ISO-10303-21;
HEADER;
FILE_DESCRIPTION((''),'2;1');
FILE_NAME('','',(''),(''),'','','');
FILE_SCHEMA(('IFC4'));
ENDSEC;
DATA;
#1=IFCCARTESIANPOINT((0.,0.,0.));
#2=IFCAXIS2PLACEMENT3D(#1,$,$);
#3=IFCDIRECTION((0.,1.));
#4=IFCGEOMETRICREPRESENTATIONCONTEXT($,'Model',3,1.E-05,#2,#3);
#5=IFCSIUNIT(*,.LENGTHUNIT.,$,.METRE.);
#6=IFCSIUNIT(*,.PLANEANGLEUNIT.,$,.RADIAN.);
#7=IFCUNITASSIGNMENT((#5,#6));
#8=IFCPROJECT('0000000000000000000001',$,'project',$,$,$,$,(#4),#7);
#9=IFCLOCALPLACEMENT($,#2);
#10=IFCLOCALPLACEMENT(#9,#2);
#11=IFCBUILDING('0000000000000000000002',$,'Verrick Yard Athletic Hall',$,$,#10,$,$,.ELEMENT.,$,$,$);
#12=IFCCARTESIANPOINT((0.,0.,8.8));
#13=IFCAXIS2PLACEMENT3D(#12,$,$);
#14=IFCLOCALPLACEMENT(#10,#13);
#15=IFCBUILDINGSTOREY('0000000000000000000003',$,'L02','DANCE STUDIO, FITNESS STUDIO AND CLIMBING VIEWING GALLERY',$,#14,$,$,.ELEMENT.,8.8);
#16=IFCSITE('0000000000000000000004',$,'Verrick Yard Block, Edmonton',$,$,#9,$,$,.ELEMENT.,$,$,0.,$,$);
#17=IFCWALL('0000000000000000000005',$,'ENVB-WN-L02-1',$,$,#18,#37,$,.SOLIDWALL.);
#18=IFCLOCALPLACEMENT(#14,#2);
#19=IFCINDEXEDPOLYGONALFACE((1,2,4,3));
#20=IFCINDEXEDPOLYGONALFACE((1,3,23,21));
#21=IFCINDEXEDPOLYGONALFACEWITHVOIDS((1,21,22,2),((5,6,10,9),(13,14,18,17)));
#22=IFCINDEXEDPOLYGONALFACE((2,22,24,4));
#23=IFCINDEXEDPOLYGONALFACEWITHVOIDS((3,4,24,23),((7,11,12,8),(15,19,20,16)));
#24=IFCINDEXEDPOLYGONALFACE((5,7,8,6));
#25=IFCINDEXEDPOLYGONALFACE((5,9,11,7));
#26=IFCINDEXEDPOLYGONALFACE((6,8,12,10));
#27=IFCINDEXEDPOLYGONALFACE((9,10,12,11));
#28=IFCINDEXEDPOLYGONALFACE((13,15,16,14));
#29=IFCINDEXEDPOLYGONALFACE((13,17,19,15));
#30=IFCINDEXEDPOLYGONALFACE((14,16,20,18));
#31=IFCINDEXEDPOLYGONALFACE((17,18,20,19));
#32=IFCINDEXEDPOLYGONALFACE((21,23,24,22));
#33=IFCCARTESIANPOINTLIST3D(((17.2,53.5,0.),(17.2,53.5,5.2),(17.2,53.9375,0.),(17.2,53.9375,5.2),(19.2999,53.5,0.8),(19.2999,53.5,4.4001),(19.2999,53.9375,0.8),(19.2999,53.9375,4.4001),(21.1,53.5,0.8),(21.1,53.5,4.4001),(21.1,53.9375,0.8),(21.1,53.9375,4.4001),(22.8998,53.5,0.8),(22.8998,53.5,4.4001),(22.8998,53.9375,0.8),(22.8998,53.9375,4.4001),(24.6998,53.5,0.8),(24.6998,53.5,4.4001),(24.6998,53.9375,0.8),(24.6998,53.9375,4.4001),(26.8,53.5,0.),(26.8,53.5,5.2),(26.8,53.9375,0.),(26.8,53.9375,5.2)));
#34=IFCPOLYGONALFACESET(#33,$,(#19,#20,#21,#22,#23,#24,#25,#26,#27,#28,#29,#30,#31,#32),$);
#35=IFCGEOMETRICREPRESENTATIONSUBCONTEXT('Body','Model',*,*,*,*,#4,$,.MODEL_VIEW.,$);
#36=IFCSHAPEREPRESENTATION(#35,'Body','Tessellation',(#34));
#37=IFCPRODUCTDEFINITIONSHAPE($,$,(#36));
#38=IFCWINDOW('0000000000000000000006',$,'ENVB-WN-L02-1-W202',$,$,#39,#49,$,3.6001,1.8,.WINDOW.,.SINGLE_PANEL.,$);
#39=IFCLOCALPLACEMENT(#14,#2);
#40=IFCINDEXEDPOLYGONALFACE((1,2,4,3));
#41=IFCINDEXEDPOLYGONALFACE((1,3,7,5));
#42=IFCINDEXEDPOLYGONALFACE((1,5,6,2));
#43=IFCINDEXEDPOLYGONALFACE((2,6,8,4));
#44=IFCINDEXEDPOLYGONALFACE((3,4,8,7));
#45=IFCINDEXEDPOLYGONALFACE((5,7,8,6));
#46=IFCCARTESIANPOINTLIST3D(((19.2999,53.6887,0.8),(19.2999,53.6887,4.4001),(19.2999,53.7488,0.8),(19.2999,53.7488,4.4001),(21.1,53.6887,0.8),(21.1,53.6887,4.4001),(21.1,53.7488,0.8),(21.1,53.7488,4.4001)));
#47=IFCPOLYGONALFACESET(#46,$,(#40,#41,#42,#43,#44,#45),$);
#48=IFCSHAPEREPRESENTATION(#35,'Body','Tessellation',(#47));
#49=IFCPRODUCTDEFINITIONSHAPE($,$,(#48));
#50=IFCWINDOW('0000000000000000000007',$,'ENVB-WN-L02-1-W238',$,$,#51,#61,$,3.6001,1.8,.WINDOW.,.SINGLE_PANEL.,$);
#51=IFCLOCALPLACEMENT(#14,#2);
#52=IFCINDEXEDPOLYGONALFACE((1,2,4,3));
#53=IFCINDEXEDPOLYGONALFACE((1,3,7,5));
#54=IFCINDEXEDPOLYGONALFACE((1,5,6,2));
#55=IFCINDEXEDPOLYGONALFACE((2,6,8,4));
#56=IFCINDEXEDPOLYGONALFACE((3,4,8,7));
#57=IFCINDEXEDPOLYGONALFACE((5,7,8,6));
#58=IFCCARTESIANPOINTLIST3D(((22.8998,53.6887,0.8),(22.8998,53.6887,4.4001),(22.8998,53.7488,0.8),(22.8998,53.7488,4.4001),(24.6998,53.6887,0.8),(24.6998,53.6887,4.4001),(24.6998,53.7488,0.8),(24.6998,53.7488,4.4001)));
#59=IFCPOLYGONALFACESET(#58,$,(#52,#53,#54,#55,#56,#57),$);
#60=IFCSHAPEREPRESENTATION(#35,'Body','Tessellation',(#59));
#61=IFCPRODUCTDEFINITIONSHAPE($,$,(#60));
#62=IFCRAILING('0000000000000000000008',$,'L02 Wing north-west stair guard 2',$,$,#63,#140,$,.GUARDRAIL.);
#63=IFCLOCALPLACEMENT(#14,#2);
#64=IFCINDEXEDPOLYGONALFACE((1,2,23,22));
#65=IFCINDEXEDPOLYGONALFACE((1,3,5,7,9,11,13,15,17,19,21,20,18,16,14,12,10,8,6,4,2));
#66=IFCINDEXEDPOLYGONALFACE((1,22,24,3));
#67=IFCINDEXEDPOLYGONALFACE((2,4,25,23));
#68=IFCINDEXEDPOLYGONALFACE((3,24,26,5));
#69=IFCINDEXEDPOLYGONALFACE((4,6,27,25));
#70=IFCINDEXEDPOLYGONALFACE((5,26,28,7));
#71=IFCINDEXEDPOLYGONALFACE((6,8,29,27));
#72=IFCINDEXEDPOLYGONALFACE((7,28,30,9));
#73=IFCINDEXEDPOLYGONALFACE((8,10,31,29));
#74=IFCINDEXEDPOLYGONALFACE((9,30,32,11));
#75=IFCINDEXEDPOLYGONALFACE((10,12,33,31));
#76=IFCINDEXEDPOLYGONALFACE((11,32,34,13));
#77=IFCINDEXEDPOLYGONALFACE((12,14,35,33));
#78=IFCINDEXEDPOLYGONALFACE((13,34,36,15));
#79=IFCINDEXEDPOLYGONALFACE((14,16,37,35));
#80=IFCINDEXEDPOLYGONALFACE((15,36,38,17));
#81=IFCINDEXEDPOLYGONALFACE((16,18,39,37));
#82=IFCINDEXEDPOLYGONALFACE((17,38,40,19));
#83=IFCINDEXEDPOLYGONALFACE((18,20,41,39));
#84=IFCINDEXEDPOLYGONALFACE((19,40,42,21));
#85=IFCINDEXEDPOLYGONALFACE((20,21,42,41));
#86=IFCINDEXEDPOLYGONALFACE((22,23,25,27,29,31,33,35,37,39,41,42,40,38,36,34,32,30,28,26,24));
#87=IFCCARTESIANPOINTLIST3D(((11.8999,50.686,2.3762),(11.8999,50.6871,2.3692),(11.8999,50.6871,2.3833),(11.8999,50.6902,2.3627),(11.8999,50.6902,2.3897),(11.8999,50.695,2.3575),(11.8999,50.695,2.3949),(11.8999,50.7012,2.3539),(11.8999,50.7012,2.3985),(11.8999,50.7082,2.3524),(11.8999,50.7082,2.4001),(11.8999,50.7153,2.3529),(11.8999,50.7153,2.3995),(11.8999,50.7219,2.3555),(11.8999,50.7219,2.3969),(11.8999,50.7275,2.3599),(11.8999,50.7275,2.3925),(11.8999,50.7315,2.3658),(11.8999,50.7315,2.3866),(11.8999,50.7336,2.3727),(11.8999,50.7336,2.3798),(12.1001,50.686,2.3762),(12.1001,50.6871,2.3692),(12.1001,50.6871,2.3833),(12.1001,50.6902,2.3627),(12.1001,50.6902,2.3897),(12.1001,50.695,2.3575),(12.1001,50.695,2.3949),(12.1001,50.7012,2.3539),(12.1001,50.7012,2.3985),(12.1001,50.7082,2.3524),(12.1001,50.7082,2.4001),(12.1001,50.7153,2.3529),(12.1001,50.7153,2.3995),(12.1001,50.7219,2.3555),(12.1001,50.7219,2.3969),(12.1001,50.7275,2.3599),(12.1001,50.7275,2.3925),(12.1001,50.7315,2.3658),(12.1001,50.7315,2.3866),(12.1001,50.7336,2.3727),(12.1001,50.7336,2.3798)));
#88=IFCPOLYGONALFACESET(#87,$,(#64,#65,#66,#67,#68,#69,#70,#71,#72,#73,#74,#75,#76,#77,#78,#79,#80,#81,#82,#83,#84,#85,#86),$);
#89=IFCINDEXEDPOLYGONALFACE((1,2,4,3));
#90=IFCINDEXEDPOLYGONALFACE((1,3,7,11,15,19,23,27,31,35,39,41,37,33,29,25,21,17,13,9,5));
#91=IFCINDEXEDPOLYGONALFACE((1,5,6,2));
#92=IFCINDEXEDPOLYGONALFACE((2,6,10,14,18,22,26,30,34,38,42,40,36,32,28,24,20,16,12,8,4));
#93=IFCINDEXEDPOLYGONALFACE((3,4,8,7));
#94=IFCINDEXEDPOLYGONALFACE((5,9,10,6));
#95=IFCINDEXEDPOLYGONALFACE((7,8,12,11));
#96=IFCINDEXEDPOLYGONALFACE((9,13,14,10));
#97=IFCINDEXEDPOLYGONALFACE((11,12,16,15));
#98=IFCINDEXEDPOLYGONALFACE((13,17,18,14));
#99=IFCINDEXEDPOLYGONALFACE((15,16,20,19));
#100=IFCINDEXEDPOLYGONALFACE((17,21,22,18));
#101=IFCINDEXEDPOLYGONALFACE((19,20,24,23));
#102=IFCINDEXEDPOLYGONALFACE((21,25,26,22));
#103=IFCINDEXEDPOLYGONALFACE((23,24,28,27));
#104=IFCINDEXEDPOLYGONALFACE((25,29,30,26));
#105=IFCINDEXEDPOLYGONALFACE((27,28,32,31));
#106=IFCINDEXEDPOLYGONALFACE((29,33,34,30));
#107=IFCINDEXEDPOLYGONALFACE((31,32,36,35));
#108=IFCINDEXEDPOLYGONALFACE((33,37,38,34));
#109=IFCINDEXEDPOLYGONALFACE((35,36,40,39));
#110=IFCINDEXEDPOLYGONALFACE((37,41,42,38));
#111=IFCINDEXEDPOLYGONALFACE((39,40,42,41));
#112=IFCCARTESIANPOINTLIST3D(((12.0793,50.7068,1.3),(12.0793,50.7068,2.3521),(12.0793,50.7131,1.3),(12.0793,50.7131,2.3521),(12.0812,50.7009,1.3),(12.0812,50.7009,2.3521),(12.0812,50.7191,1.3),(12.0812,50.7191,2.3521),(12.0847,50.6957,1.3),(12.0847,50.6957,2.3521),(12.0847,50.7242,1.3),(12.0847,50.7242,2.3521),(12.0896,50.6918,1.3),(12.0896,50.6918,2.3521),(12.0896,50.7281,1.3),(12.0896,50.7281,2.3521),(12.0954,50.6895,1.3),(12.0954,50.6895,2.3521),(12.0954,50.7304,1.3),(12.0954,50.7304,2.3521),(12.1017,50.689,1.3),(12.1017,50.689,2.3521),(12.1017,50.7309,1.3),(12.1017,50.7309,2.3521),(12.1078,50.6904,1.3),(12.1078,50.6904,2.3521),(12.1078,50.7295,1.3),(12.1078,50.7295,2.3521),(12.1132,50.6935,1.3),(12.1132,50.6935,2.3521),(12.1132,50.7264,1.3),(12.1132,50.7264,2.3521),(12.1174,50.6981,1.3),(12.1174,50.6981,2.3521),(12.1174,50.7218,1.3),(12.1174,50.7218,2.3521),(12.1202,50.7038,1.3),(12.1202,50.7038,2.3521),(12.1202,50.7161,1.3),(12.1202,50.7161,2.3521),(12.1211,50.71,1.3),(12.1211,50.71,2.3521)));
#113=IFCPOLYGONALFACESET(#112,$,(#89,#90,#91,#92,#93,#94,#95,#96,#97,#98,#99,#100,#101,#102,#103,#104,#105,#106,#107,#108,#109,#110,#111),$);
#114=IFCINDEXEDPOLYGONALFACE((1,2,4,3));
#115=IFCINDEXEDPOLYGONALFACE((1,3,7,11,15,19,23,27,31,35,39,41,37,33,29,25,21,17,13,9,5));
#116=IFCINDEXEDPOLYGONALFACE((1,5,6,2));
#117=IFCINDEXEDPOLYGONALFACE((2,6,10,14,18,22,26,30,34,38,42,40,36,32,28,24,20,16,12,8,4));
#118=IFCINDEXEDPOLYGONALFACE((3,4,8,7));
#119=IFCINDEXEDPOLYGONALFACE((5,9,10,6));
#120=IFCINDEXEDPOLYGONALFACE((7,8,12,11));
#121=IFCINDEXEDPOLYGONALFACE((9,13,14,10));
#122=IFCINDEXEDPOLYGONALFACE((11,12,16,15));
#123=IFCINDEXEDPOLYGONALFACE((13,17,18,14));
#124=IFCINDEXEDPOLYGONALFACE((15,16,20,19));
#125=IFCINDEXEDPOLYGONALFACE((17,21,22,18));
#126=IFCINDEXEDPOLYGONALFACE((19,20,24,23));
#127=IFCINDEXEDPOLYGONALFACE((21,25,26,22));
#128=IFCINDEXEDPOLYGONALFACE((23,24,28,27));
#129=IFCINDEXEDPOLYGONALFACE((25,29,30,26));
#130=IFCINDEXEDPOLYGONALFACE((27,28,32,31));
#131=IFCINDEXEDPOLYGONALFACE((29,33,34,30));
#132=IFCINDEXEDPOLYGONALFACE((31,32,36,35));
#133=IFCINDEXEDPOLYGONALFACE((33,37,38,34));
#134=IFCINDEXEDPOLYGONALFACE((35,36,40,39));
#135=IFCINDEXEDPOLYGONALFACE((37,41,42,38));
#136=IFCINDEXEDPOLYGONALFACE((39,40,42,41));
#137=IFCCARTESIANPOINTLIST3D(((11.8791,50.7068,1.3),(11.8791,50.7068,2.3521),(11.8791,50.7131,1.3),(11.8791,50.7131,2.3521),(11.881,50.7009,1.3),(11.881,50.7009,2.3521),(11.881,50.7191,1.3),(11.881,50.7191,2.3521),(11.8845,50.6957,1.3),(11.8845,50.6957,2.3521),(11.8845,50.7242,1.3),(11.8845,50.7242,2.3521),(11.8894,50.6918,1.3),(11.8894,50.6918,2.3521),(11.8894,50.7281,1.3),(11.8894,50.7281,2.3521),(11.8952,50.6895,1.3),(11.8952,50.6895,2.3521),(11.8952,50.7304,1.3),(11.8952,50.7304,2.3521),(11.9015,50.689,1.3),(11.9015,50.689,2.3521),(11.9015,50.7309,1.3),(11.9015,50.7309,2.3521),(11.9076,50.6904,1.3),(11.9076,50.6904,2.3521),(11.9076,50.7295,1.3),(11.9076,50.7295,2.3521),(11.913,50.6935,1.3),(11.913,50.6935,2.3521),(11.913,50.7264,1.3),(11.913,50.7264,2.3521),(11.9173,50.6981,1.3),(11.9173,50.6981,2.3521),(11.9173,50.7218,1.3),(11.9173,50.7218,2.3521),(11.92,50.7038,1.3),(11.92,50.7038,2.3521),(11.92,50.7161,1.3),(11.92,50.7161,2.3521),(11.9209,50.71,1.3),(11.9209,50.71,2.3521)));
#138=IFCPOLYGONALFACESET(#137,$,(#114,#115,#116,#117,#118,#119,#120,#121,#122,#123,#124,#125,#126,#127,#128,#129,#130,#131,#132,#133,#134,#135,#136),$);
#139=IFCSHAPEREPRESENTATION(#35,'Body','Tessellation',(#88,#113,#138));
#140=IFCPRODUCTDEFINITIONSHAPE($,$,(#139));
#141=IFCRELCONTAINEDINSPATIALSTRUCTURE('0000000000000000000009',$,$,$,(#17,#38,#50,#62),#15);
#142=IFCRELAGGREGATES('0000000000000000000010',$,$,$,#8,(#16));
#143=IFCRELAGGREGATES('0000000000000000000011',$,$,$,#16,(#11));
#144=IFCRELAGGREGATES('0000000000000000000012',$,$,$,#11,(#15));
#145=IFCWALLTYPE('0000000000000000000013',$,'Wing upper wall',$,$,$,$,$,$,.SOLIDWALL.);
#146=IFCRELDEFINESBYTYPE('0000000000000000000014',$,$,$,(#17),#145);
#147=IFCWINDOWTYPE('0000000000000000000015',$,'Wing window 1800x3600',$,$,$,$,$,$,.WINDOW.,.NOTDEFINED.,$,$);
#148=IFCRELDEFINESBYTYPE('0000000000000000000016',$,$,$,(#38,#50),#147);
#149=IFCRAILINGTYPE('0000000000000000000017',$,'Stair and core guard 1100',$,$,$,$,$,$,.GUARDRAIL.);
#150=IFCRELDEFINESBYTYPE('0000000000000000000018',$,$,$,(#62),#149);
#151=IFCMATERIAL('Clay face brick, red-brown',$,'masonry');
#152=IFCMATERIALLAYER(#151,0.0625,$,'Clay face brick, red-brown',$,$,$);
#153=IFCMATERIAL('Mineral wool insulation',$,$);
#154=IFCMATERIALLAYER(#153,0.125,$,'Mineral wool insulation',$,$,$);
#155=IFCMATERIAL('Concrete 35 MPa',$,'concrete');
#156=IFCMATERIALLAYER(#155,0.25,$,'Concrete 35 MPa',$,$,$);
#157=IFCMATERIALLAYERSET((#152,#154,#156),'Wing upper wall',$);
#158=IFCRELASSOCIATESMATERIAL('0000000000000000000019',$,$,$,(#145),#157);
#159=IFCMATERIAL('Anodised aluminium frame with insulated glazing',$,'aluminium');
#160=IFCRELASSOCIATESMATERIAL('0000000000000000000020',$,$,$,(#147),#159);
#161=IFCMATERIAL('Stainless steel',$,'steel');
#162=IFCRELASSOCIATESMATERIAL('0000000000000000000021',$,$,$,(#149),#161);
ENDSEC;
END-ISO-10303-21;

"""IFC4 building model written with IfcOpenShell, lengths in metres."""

from ifc_helpers import new_model, si_unit, direction, frame, frame_2d, origin, origin_2d, place, context, subcontext, project, spatial, rectangle, circle, extrude, material, layer, layer_set, type_object, element, fill, save


model = new_model("IFC4")

# Units and contexts
model_context = context("Model", 3, precision=1e-05, world=origin(), true_north=direction((0.0, 1.0)))
body_context = subcontext(model_context, "Body", "Model", "MODEL_VIEW")
ifc_project = project(units=[si_unit("LENGTHUNIT", "METRE"), si_unit("PLANEANGLEUNIT", "RADIAN")], contexts=[model_context])

# Site, building, storey
site_placement = place(None, origin())
site = spatial("IfcSite", under=ifc_project, at=site_placement, Name="Verrick Yard Block, Edmonton", CompositionType="ELEMENT", RefElevation=0.0)
building_placement = place(site_placement, origin())
building = spatial("IfcBuilding", under=site, at=building_placement, Name="Verrick Yard Athletic Hall", CompositionType="ELEMENT")
storey_placement = place(building_placement, frame((0.0, 0.0, 8.8)))
storey = spatial("IfcBuildingStorey", under=building, at=storey_placement, Name="L02", Description="DANCE STUDIO, FITNESS STUDIO AND CLIMBING VIEWING GALLERY", CompositionType="ELEMENT", Elevation=8.8)

# Shared definitions
ifc_material_1 = material(Name="Concrete 35 MPa", Category="concrete")

# Wall, openings, windows
ifc_material_2 = material(Name="Clay face brick, red-brown", Category="masonry")
ifc_layer_1 = layer(ifc_material_2, 0.0625, Name="Clay face brick, red-brown")
ifc_material_3 = material(Name="Mineral wool insulation")
ifc_layer_2 = layer(ifc_material_3, 0.125, Name="Mineral wool insulation")
ifc_layer_3 = layer(ifc_material_1, 0.25, Name="Concrete 35 MPa")
ifc_layer_set_1 = layer_set([ifc_layer_1, ifc_layer_2, ifc_layer_3], Name="Wing upper wall")
wall_type_1 = type_object("IfcWallType", Name="Wing upper wall", PredefinedType="SOLIDWALL", material=ifc_layer_set_1)
wall_1_placement = place(storey_placement, frame((17.2, 53.7188, 0.0), z_axis=(0.0, 0.0, 1.0), x_axis=(1.0, 0.0, 0.0)))
wall_1 = element("IfcWall", 1, at=wall_1_placement, inside=storey, type_object=wall_type_1, Name="ENVB-WN-L02-1", PredefinedType="SOLIDWALL", context=body_context, shape_type="SweptSolid", body=[
    extrude(rectangle(XDim=9.6001, YDim=0.4375, at=frame_2d((4.8, 0.0))), origin(), (0.0, 0.0, 1.0), 5.2),
])
opening_1_placement = place(wall_1_placement, frame((2.1001, 0.0, 0.8)))
opening_1 = element("IfcOpeningElement", 2, at=opening_1_placement, cuts=wall_1, PredefinedType="OPENING", context=body_context, shape_type="SweptSolid", body=[
    extrude(rectangle(XDim=1.8, YDim=3.6001, at=frame_2d((0.8999, 1.8))), frame((0.0, 0.2288, 0.0), z_axis=(0.0, -1.0, 0.0), x_axis=(1.0, 0.0, 0.0)), (0.0, 0.0, 1.0), 0.4575),
])
opening_2_placement = place(wall_1_placement, frame((5.7, 0.0, 0.8)))
opening_2 = element("IfcOpeningElement", 3, at=opening_2_placement, cuts=wall_1, PredefinedType="OPENING", context=body_context, shape_type="SweptSolid", body=[
    extrude(rectangle(XDim=1.8, YDim=3.6001, at=frame_2d((0.8999, 1.8))), frame((0.0, 0.2288, 0.0), z_axis=(0.0, -1.0, 0.0), x_axis=(1.0, 0.0, 0.0)), (0.0, 0.0, 1.0), 0.4575),
])
ifc_material_4 = material(Name="Anodised aluminium frame with insulated glazing", Category="aluminium")
window_type = type_object("IfcWindowType", Name="Wing window 1800x3600", PartitioningType="NOTDEFINED", PredefinedType="WINDOW", material=ifc_material_4)
window_1_placement = place(opening_1_placement, origin())
window_1 = element("IfcWindow", 4, at=window_1_placement, inside=storey, type_object=window_type, Name="ENVB-WN-L02-1-W202", OverallHeight=3.6001, OverallWidth=1.8, PartitioningType="SINGLE_PANEL", PredefinedType="WINDOW", context=body_context, shape_type="SweptSolid", body=[
    extrude(rectangle(XDim=1.8, YDim=3.6001, at=frame_2d((0.8999, 1.8))), frame((0.0, 0.03, 0.0), z_axis=(0.0, -1.0, 0.0), x_axis=(1.0, 0.0, 0.0)), (0.0, 0.0, 1.0), 0.0601),
])
fill(opening_1, window_1)
window_2_placement = place(opening_2_placement, origin())
window_2 = element("IfcWindow", 5, at=window_2_placement, inside=storey, type_object=window_type, Name="ENVB-WN-L02-1-W238", OverallHeight=3.6001, OverallWidth=1.8, PartitioningType="SINGLE_PANEL", PredefinedType="WINDOW", context=body_context, shape_type="SweptSolid", body=[
    extrude(rectangle(XDim=1.8, YDim=3.6001, at=frame_2d((0.8999, 1.8))), frame((0.0, 0.03, 0.0), z_axis=(0.0, -1.0, 0.0), x_axis=(1.0, 0.0, 0.0)), (0.0, 0.0, 1.0), 0.0601),
])
fill(opening_2, window_2)

# Railing
ifc_material_5 = material(Name="Stainless steel", Category="steel")
railing_type_1 = type_object("IfcRailingType", Name="Stair and core guard 1100", PredefinedType="GUARDRAIL", material=ifc_material_5)
railing_1_placement = place(storey_placement, frame((12.1001, 50.71, 1.3)))
element("IfcRailing", 6, at=railing_1_placement, inside=storey, type_object=railing_type_1, Name="L02 Wing north-west stair guard 2", PredefinedType="GUARDRAIL", context=body_context, shape_type="SweptSolid", body=[
    extrude(circle(Radius=0.0239, at=origin_2d()), frame((0.0, 0.0, 1.0762), z_axis=(-1.0, 0.0, 0.0), x_axis=(0.0, -1.0, 0.0)), (0.0, 0.0, 1.0), 0.2002),
    extrude(circle(Radius=0.021, at=origin_2d()), origin(), (0.0, 0.0, 1.0), 1.052),
    extrude(circle(Radius=0.021, at=origin_2d()), frame((-0.2002, 0.0, 0.0)), (0.0, 0.0, 1.0), 1.052),
])

save(model, "model.ifc")
